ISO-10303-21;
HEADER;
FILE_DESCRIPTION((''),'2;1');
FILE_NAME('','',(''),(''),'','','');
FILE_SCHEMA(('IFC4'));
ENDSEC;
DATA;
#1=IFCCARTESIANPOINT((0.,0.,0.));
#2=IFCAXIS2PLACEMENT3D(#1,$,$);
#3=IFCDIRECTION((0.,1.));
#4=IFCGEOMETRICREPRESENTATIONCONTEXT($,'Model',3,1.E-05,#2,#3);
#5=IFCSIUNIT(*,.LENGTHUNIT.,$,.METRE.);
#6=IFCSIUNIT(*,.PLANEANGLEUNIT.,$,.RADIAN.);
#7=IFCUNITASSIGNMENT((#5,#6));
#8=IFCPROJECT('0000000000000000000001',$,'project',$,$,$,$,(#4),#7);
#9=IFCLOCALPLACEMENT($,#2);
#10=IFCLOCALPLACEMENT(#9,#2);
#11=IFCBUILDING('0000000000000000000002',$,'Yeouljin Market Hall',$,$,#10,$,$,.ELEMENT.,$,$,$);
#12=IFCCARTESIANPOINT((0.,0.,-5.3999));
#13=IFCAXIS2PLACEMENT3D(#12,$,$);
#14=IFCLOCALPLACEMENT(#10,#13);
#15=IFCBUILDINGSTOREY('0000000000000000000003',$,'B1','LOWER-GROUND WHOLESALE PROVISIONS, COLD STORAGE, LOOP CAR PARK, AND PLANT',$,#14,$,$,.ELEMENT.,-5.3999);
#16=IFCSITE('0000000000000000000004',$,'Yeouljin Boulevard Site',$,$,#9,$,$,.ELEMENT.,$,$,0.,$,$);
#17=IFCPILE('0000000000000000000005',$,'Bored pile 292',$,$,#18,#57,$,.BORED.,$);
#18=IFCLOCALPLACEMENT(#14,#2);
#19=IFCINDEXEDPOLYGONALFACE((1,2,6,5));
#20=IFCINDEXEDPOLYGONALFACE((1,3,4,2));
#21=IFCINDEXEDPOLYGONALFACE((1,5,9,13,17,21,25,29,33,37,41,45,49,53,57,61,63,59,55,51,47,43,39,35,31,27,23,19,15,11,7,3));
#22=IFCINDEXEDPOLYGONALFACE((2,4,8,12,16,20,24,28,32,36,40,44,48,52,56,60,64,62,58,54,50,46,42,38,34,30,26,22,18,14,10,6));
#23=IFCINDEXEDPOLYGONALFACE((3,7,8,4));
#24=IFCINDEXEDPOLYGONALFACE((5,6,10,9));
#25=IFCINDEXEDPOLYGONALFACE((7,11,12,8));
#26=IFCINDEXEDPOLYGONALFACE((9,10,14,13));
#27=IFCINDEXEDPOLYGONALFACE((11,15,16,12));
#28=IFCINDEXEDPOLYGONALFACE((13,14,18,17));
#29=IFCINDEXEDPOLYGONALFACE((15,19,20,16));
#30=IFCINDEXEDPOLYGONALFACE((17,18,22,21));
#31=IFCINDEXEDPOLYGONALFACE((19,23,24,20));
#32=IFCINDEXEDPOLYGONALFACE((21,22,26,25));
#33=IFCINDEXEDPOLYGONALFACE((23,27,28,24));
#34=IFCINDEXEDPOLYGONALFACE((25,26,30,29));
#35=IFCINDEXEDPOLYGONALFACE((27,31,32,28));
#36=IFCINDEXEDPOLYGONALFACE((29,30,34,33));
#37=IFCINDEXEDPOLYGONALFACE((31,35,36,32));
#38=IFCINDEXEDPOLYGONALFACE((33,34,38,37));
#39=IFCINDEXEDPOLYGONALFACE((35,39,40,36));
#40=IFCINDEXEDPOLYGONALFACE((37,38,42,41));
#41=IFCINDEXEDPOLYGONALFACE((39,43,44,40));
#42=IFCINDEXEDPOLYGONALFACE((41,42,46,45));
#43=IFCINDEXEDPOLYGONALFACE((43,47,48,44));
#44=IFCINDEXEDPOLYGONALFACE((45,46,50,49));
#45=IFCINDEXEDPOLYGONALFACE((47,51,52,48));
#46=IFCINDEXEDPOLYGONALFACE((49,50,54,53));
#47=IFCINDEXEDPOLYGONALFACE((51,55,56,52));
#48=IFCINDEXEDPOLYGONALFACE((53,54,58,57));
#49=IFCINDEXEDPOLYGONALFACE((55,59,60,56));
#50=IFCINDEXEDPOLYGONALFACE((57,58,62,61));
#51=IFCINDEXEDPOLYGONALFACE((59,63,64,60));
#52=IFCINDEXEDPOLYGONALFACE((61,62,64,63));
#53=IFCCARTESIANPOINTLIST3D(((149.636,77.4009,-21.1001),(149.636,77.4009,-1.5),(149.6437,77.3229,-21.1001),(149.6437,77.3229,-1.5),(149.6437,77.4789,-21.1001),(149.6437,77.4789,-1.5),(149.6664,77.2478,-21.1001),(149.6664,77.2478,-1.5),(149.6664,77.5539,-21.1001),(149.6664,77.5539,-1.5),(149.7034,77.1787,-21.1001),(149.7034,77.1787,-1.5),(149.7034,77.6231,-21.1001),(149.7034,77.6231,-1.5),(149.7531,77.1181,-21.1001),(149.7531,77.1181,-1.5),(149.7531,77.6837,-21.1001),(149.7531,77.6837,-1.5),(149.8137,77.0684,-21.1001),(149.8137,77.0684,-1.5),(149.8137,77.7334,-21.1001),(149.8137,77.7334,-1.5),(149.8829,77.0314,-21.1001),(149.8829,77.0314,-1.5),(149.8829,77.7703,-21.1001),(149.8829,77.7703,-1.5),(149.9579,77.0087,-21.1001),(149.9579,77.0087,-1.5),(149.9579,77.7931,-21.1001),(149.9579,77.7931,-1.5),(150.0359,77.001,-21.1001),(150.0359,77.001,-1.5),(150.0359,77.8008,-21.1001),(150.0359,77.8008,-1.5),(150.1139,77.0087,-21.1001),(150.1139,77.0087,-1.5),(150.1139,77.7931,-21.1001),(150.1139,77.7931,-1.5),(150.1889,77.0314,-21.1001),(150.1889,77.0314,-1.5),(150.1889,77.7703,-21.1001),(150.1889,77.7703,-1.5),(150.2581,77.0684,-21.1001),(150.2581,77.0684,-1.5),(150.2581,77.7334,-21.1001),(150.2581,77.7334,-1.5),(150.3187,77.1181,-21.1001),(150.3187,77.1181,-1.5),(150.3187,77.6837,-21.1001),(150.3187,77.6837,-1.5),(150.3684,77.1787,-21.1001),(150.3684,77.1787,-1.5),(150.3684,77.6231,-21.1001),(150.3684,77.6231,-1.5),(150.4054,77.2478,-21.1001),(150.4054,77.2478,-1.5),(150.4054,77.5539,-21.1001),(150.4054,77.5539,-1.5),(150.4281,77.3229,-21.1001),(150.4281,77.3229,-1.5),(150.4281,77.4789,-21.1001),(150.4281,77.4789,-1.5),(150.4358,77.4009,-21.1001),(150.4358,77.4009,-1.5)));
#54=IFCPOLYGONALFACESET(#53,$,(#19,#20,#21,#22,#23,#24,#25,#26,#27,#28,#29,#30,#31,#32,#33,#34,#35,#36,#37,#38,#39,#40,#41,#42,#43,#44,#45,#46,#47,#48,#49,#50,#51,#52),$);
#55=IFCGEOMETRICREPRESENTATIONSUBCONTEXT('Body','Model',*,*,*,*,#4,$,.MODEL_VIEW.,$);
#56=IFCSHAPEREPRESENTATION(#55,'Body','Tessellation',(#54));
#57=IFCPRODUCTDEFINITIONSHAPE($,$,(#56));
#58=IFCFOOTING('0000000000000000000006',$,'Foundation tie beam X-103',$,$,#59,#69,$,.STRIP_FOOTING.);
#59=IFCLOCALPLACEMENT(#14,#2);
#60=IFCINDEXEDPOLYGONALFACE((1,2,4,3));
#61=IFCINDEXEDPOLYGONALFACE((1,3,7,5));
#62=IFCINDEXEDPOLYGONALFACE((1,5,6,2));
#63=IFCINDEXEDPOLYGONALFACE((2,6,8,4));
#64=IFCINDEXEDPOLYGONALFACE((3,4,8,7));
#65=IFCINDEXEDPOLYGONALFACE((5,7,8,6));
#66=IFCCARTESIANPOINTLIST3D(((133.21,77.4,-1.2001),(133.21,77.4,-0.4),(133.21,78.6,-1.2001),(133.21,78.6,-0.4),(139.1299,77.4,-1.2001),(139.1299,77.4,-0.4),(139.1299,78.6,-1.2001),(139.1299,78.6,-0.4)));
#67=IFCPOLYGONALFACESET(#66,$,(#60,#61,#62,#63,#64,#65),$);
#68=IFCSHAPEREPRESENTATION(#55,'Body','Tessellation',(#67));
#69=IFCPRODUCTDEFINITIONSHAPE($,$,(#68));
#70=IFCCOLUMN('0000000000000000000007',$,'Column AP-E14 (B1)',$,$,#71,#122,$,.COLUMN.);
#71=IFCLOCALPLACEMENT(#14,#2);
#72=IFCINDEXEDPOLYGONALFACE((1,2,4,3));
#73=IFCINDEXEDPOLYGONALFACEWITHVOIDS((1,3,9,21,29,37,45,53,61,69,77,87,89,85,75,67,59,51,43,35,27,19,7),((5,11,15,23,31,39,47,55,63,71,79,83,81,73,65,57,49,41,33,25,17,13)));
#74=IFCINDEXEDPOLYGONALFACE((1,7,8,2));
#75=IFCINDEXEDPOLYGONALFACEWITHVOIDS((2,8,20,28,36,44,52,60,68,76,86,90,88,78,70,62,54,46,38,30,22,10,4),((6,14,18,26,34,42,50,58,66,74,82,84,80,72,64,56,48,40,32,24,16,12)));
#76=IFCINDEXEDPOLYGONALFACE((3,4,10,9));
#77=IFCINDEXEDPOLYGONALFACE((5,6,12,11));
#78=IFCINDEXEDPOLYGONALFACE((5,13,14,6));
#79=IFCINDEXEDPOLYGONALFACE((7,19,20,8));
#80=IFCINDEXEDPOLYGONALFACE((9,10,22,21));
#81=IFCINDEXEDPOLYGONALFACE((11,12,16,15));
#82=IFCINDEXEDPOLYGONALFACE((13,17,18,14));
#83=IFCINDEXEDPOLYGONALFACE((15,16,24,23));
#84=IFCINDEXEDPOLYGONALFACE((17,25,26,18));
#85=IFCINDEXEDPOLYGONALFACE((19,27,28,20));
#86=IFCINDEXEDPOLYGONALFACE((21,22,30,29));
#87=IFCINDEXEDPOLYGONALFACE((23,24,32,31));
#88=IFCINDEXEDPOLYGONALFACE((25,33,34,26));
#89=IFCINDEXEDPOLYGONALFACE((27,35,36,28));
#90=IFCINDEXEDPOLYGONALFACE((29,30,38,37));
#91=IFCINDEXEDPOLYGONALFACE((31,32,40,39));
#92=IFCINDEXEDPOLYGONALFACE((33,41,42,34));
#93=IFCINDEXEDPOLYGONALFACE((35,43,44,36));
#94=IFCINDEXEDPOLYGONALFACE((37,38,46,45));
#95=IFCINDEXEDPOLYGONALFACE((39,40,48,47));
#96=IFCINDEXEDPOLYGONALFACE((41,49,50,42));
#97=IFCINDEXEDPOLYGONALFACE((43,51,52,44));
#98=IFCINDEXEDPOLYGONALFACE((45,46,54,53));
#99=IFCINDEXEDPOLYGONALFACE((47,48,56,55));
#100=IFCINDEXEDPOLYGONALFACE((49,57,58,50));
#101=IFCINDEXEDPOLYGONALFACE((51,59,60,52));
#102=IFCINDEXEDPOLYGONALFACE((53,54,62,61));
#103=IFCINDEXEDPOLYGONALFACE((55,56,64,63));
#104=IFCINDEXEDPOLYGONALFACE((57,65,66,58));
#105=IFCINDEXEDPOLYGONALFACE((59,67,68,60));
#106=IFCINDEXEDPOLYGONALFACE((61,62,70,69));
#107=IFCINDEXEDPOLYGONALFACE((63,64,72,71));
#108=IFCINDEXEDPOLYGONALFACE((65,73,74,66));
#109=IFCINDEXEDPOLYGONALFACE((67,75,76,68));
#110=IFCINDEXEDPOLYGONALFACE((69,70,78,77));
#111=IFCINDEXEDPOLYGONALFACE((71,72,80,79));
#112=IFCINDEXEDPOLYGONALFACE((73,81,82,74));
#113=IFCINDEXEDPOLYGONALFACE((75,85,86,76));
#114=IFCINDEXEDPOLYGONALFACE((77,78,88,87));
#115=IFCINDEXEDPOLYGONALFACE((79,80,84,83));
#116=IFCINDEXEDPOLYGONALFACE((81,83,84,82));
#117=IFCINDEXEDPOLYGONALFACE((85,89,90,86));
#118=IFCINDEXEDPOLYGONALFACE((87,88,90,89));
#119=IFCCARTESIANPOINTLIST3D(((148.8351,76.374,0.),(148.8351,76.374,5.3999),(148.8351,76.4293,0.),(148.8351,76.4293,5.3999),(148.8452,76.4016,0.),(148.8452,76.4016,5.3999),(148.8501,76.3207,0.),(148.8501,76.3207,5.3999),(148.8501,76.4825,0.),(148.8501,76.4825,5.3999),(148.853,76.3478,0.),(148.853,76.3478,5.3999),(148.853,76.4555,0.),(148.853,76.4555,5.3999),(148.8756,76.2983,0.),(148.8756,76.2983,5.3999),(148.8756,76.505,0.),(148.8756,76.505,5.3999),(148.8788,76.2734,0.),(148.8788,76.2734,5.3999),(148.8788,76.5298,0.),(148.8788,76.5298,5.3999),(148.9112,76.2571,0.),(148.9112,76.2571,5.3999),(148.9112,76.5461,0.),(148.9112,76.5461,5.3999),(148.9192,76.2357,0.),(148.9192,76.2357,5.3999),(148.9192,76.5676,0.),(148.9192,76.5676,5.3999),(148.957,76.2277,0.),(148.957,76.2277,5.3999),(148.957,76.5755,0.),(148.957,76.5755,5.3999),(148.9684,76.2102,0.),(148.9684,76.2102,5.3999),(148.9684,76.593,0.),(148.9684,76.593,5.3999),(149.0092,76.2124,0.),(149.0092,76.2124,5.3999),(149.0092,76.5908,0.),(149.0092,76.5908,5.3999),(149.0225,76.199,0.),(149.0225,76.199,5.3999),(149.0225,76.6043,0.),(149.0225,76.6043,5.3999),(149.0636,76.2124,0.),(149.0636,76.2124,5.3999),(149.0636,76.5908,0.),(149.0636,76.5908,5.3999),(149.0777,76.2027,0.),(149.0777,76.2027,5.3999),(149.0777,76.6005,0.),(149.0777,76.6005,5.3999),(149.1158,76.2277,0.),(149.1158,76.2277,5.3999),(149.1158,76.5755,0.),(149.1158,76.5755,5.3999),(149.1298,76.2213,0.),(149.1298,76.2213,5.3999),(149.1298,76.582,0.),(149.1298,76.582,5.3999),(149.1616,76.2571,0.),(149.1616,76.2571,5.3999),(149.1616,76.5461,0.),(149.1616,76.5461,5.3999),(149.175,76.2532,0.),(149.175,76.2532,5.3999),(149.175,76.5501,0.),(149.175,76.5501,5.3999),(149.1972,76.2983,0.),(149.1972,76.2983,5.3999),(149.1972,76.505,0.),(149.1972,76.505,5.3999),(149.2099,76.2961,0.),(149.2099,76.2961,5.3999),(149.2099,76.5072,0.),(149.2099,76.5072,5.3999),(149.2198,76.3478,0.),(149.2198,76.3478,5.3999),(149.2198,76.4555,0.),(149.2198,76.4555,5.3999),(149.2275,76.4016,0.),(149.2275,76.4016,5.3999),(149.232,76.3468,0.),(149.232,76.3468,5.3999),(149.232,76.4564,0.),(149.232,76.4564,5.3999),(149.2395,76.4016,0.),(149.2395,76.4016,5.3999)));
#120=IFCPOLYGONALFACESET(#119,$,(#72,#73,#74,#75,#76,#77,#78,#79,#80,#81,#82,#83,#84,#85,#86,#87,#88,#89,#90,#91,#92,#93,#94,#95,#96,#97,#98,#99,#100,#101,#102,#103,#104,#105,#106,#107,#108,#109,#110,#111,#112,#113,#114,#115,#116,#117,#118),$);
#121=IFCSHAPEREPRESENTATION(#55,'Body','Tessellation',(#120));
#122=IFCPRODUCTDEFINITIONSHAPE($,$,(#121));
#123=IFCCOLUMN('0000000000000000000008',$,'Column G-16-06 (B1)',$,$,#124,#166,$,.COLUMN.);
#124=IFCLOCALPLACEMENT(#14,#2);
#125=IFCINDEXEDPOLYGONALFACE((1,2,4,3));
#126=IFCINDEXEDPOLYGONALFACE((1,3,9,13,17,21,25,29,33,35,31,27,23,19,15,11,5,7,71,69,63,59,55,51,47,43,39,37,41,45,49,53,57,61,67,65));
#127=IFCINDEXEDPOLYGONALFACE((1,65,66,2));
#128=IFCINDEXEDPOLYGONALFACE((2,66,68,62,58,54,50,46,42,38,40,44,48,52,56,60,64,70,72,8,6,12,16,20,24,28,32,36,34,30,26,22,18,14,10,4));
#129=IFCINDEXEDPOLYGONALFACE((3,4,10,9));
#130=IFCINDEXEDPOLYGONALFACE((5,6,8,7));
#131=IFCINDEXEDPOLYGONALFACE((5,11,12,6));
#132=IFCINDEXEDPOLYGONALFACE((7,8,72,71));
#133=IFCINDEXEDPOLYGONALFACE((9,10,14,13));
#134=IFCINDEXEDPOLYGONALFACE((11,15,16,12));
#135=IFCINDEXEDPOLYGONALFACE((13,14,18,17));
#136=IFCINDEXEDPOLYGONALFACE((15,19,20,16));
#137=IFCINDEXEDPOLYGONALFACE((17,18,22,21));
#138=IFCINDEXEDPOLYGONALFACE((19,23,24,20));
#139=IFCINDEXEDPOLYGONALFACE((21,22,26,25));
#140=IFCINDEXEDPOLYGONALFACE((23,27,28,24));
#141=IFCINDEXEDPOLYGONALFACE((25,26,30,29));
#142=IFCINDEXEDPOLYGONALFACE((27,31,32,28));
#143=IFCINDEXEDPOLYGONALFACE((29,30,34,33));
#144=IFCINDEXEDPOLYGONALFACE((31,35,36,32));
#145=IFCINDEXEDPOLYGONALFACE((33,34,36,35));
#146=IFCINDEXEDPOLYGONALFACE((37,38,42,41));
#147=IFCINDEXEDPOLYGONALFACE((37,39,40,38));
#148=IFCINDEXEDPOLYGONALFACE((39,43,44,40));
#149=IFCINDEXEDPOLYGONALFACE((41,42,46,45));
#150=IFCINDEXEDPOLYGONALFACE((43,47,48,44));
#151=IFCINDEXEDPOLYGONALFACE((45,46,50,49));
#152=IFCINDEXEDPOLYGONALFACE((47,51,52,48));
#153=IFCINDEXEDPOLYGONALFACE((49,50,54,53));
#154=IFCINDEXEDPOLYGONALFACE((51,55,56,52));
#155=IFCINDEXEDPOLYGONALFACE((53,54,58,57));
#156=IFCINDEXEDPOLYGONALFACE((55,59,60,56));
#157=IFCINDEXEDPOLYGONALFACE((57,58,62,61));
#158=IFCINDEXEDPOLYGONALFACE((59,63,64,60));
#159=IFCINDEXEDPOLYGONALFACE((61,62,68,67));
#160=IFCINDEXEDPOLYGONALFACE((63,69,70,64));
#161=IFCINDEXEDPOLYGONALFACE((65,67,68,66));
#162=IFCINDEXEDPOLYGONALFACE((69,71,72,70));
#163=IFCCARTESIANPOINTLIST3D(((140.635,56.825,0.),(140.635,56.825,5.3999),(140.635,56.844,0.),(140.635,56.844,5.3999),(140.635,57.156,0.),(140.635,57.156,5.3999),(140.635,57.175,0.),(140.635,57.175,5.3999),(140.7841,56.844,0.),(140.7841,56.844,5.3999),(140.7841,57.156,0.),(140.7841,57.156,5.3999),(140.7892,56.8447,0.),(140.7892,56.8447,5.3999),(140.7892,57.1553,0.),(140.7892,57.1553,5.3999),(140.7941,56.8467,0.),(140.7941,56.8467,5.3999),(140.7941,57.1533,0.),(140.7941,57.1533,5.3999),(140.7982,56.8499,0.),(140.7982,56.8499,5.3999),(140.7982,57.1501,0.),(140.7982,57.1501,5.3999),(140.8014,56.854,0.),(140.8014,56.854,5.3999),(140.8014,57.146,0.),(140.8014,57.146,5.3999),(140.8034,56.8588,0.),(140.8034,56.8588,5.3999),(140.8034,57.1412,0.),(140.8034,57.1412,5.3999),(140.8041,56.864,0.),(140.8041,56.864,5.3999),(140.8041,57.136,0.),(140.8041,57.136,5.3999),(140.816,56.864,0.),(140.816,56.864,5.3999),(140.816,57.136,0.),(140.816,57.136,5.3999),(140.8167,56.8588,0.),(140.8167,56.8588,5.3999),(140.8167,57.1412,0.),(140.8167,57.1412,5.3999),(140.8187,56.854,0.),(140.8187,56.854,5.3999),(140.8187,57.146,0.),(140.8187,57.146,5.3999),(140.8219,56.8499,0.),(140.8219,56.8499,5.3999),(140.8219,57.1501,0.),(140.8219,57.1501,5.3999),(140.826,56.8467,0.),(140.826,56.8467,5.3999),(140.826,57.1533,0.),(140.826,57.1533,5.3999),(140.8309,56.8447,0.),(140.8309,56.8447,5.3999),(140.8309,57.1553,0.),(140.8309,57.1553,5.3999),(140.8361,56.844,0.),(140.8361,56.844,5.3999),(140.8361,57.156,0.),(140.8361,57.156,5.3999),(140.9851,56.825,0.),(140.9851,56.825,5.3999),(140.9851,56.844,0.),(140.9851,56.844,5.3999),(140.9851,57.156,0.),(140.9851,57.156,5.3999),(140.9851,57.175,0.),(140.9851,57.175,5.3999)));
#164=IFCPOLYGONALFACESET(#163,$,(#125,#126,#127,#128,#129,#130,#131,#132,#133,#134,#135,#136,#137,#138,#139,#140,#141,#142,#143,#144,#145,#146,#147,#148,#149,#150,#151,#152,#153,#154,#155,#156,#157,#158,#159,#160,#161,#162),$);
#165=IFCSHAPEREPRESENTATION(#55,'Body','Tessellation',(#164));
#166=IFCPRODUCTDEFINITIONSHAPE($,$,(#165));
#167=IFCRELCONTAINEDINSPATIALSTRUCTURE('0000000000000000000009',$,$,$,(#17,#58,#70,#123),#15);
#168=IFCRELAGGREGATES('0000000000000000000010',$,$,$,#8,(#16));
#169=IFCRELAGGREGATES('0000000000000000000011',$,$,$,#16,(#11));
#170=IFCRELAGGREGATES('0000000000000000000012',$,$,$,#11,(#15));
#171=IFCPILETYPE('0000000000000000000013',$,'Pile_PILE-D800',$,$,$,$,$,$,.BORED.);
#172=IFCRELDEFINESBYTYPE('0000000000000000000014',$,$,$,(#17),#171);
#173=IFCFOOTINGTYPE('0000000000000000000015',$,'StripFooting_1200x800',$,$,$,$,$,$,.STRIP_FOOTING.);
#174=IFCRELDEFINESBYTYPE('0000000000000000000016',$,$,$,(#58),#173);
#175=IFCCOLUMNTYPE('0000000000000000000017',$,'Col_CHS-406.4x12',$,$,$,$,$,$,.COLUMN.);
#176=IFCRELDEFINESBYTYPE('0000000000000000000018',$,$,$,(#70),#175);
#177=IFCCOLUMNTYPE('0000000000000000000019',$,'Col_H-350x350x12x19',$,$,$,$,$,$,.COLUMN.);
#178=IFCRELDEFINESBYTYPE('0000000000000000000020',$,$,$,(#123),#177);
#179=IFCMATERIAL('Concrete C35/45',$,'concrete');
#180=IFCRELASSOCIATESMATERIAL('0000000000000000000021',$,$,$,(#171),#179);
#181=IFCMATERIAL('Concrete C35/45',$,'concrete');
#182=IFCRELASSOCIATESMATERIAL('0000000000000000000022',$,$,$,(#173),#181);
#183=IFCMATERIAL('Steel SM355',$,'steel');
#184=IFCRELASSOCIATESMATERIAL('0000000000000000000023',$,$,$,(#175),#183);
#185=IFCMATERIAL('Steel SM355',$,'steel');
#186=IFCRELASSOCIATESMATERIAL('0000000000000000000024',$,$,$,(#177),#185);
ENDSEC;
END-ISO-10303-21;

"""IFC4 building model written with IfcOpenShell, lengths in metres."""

from ifc_helpers import new_model, si_unit, direction, frame, origin, origin_2d, place, context, subcontext, project, spatial, rectangle, circle, hollow_circle, i_section, extrude, material, material_profile, profile_set, type_object, element, save


model = new_model("IFC4")

# Units and contexts
model_context = context("Model", 3, precision=1e-05, world=origin(), true_north=direction((0.0, 1.0)))
body_context = subcontext(model_context, "Body", "Model", "MODEL_VIEW")
ifc_project = project(units=[si_unit("LENGTHUNIT", "METRE"), si_unit("PLANEANGLEUNIT", "RADIAN")], contexts=[model_context])

# Site, building, storey
site_placement = place(None, origin())
site = spatial("IfcSite", under=ifc_project, at=site_placement, Name="Yeouljin Boulevard Site", CompositionType="ELEMENT", RefElevation=0.0)
building_placement = place(site_placement, origin())
building = spatial("IfcBuilding", under=site, at=building_placement, Name="Yeouljin Market Hall", CompositionType="ELEMENT")
storey_placement = place(building_placement, frame((0.0, 0.0, -5.3999)))
storey = spatial("IfcBuildingStorey", under=building, at=storey_placement, Name="B1", Description="LOWER-GROUND WHOLESALE PROVISIONS, COLD STORAGE, LOOP CAR PARK, AND PLANT", CompositionType="ELEMENT", Elevation=-5.3999)

# Pile
ifc_material_1 = material(Name="Concrete C35/45", Category="concrete")
ifc_material_profile_1 = material_profile(ifc_material_1, circle(Radius=0.3999, at=origin_2d()), Name="PILE-D800")
ifc_profile_set_1 = profile_set([ifc_material_profile_1], Name="Concrete C35/45")
pile_type_1 = type_object("IfcPileType", Name="Pile_PILE-D800", PredefinedType="BORED", material=ifc_profile_set_1)
for number, where, z_axis, x_axis, name in (
    (1, (150.0359, 77.4009, -1.5), (0.0, 0.0, -1.0), (1.0, 0.0, 0.0), "Bored pile 292"),
):
    element("IfcPile", number, at=place(storey_placement, frame(where, z_axis=z_axis, x_axis=x_axis)), inside=storey, type_object=pile_type_1, Name=name, PredefinedType="BORED", context=body_context, shape_type="SweptSolid", body=[
        extrude(circle(Radius=0.3999, at=origin_2d()), origin(), (0.0, 0.0, 1.0), 19.6001),
    ])

# Footing
ifc_material_2 = material(Name="Concrete C35/45", Category="concrete")
ifc_material_profile_2 = material_profile(ifc_material_2, rectangle(XDim=1.2, YDim=0.8, at=origin_2d()), Name="SF-1200x800")
ifc_profile_set_2 = profile_set([ifc_material_profile_2], Name="Concrete C35/45")
footing_type_1 = type_object("IfcFootingType", Name="StripFooting_1200x800", PredefinedType="STRIP_FOOTING", material=ifc_profile_set_2)
footing_1_placement = place(storey_placement, frame((133.21, 78.0, -0.8), z_axis=(1.0, 0.0, 0.0), x_axis=(0.0, 1.0, 0.0)))
element("IfcFooting", 2, at=footing_1_placement, inside=storey, type_object=footing_type_1, Name="Foundation tie beam X-103", PredefinedType="STRIP_FOOTING", context=body_context, shape_type="SweptSolid", body=[
    extrude(rectangle(XDim=1.2, YDim=0.8, at=origin_2d()), origin(), (0.0, 0.0, 1.0), 5.9199),
])

# Columns
ifc_material_3 = material(Name="Steel SM355", Category="steel")
ifc_material_profile_3 = material_profile(ifc_material_3, hollow_circle(Radius=0.2031, WallThickness=0.012, at=origin_2d()), Name="CHS-406.4x12")
ifc_profile_set_3 = profile_set([ifc_material_profile_3], Name="Steel SM355")
column_type_1 = type_object("IfcColumnType", Name="Col_CHS-406.4x12", PredefinedType="COLUMN", material=ifc_profile_set_3)
column_1_placement = place(storey_placement, frame((149.0364, 76.4016, 0.0), z_axis=(0.0, 0.0, 1.0), x_axis=(1.0, 0.0, 0.0)))
element("IfcColumn", 3, at=column_1_placement, inside=storey, type_object=column_type_1, Name="Column AP-E14 (B1)", PredefinedType="COLUMN", context=body_context, shape_type="SweptSolid", body=[
    extrude(hollow_circle(Radius=0.2031, WallThickness=0.012, at=origin_2d()), origin(), (0.0, 0.0, 1.0), 5.3999),
])
ifc_material_4 = material(Name="Steel SM355", Category="steel")
ifc_material_profile_4 = material_profile(ifc_material_4, i_section(OverallWidth=0.3501, OverallDepth=0.3501, WebThickness=0.012, FlangeThickness=0.019, FilletRadius=0.02, at=origin_2d()), Name="H-350x350x12x19")
ifc_profile_set_4 = profile_set([ifc_material_profile_4], Name="Steel SM355")
column_type_2 = type_object("IfcColumnType", Name="Col_H-350x350x12x19", PredefinedType="COLUMN", material=ifc_profile_set_4)
for number, where, z_axis, x_axis, name in (
    (4, (140.8101, 57.0, 0.0), (0.0, 0.0, 1.0), (1.0, 0.0, 0.0), "Column G-16-06 (B1)"),
):
    element("IfcColumn", number, at=place(storey_placement, frame(where, z_axis=z_axis, x_axis=x_axis)), inside=storey, type_object=column_type_2, Name=name, PredefinedType="COLUMN", context=body_context, shape_type="SweptSolid", body=[
        extrude(i_section(OverallWidth=0.3501, OverallDepth=0.3501, WebThickness=0.012, FlangeThickness=0.019, FilletRadius=0.02, at=origin_2d()), origin(), (0.0, 0.0, 1.0), 5.3999),
    ])

save(model, "model.ifc")
